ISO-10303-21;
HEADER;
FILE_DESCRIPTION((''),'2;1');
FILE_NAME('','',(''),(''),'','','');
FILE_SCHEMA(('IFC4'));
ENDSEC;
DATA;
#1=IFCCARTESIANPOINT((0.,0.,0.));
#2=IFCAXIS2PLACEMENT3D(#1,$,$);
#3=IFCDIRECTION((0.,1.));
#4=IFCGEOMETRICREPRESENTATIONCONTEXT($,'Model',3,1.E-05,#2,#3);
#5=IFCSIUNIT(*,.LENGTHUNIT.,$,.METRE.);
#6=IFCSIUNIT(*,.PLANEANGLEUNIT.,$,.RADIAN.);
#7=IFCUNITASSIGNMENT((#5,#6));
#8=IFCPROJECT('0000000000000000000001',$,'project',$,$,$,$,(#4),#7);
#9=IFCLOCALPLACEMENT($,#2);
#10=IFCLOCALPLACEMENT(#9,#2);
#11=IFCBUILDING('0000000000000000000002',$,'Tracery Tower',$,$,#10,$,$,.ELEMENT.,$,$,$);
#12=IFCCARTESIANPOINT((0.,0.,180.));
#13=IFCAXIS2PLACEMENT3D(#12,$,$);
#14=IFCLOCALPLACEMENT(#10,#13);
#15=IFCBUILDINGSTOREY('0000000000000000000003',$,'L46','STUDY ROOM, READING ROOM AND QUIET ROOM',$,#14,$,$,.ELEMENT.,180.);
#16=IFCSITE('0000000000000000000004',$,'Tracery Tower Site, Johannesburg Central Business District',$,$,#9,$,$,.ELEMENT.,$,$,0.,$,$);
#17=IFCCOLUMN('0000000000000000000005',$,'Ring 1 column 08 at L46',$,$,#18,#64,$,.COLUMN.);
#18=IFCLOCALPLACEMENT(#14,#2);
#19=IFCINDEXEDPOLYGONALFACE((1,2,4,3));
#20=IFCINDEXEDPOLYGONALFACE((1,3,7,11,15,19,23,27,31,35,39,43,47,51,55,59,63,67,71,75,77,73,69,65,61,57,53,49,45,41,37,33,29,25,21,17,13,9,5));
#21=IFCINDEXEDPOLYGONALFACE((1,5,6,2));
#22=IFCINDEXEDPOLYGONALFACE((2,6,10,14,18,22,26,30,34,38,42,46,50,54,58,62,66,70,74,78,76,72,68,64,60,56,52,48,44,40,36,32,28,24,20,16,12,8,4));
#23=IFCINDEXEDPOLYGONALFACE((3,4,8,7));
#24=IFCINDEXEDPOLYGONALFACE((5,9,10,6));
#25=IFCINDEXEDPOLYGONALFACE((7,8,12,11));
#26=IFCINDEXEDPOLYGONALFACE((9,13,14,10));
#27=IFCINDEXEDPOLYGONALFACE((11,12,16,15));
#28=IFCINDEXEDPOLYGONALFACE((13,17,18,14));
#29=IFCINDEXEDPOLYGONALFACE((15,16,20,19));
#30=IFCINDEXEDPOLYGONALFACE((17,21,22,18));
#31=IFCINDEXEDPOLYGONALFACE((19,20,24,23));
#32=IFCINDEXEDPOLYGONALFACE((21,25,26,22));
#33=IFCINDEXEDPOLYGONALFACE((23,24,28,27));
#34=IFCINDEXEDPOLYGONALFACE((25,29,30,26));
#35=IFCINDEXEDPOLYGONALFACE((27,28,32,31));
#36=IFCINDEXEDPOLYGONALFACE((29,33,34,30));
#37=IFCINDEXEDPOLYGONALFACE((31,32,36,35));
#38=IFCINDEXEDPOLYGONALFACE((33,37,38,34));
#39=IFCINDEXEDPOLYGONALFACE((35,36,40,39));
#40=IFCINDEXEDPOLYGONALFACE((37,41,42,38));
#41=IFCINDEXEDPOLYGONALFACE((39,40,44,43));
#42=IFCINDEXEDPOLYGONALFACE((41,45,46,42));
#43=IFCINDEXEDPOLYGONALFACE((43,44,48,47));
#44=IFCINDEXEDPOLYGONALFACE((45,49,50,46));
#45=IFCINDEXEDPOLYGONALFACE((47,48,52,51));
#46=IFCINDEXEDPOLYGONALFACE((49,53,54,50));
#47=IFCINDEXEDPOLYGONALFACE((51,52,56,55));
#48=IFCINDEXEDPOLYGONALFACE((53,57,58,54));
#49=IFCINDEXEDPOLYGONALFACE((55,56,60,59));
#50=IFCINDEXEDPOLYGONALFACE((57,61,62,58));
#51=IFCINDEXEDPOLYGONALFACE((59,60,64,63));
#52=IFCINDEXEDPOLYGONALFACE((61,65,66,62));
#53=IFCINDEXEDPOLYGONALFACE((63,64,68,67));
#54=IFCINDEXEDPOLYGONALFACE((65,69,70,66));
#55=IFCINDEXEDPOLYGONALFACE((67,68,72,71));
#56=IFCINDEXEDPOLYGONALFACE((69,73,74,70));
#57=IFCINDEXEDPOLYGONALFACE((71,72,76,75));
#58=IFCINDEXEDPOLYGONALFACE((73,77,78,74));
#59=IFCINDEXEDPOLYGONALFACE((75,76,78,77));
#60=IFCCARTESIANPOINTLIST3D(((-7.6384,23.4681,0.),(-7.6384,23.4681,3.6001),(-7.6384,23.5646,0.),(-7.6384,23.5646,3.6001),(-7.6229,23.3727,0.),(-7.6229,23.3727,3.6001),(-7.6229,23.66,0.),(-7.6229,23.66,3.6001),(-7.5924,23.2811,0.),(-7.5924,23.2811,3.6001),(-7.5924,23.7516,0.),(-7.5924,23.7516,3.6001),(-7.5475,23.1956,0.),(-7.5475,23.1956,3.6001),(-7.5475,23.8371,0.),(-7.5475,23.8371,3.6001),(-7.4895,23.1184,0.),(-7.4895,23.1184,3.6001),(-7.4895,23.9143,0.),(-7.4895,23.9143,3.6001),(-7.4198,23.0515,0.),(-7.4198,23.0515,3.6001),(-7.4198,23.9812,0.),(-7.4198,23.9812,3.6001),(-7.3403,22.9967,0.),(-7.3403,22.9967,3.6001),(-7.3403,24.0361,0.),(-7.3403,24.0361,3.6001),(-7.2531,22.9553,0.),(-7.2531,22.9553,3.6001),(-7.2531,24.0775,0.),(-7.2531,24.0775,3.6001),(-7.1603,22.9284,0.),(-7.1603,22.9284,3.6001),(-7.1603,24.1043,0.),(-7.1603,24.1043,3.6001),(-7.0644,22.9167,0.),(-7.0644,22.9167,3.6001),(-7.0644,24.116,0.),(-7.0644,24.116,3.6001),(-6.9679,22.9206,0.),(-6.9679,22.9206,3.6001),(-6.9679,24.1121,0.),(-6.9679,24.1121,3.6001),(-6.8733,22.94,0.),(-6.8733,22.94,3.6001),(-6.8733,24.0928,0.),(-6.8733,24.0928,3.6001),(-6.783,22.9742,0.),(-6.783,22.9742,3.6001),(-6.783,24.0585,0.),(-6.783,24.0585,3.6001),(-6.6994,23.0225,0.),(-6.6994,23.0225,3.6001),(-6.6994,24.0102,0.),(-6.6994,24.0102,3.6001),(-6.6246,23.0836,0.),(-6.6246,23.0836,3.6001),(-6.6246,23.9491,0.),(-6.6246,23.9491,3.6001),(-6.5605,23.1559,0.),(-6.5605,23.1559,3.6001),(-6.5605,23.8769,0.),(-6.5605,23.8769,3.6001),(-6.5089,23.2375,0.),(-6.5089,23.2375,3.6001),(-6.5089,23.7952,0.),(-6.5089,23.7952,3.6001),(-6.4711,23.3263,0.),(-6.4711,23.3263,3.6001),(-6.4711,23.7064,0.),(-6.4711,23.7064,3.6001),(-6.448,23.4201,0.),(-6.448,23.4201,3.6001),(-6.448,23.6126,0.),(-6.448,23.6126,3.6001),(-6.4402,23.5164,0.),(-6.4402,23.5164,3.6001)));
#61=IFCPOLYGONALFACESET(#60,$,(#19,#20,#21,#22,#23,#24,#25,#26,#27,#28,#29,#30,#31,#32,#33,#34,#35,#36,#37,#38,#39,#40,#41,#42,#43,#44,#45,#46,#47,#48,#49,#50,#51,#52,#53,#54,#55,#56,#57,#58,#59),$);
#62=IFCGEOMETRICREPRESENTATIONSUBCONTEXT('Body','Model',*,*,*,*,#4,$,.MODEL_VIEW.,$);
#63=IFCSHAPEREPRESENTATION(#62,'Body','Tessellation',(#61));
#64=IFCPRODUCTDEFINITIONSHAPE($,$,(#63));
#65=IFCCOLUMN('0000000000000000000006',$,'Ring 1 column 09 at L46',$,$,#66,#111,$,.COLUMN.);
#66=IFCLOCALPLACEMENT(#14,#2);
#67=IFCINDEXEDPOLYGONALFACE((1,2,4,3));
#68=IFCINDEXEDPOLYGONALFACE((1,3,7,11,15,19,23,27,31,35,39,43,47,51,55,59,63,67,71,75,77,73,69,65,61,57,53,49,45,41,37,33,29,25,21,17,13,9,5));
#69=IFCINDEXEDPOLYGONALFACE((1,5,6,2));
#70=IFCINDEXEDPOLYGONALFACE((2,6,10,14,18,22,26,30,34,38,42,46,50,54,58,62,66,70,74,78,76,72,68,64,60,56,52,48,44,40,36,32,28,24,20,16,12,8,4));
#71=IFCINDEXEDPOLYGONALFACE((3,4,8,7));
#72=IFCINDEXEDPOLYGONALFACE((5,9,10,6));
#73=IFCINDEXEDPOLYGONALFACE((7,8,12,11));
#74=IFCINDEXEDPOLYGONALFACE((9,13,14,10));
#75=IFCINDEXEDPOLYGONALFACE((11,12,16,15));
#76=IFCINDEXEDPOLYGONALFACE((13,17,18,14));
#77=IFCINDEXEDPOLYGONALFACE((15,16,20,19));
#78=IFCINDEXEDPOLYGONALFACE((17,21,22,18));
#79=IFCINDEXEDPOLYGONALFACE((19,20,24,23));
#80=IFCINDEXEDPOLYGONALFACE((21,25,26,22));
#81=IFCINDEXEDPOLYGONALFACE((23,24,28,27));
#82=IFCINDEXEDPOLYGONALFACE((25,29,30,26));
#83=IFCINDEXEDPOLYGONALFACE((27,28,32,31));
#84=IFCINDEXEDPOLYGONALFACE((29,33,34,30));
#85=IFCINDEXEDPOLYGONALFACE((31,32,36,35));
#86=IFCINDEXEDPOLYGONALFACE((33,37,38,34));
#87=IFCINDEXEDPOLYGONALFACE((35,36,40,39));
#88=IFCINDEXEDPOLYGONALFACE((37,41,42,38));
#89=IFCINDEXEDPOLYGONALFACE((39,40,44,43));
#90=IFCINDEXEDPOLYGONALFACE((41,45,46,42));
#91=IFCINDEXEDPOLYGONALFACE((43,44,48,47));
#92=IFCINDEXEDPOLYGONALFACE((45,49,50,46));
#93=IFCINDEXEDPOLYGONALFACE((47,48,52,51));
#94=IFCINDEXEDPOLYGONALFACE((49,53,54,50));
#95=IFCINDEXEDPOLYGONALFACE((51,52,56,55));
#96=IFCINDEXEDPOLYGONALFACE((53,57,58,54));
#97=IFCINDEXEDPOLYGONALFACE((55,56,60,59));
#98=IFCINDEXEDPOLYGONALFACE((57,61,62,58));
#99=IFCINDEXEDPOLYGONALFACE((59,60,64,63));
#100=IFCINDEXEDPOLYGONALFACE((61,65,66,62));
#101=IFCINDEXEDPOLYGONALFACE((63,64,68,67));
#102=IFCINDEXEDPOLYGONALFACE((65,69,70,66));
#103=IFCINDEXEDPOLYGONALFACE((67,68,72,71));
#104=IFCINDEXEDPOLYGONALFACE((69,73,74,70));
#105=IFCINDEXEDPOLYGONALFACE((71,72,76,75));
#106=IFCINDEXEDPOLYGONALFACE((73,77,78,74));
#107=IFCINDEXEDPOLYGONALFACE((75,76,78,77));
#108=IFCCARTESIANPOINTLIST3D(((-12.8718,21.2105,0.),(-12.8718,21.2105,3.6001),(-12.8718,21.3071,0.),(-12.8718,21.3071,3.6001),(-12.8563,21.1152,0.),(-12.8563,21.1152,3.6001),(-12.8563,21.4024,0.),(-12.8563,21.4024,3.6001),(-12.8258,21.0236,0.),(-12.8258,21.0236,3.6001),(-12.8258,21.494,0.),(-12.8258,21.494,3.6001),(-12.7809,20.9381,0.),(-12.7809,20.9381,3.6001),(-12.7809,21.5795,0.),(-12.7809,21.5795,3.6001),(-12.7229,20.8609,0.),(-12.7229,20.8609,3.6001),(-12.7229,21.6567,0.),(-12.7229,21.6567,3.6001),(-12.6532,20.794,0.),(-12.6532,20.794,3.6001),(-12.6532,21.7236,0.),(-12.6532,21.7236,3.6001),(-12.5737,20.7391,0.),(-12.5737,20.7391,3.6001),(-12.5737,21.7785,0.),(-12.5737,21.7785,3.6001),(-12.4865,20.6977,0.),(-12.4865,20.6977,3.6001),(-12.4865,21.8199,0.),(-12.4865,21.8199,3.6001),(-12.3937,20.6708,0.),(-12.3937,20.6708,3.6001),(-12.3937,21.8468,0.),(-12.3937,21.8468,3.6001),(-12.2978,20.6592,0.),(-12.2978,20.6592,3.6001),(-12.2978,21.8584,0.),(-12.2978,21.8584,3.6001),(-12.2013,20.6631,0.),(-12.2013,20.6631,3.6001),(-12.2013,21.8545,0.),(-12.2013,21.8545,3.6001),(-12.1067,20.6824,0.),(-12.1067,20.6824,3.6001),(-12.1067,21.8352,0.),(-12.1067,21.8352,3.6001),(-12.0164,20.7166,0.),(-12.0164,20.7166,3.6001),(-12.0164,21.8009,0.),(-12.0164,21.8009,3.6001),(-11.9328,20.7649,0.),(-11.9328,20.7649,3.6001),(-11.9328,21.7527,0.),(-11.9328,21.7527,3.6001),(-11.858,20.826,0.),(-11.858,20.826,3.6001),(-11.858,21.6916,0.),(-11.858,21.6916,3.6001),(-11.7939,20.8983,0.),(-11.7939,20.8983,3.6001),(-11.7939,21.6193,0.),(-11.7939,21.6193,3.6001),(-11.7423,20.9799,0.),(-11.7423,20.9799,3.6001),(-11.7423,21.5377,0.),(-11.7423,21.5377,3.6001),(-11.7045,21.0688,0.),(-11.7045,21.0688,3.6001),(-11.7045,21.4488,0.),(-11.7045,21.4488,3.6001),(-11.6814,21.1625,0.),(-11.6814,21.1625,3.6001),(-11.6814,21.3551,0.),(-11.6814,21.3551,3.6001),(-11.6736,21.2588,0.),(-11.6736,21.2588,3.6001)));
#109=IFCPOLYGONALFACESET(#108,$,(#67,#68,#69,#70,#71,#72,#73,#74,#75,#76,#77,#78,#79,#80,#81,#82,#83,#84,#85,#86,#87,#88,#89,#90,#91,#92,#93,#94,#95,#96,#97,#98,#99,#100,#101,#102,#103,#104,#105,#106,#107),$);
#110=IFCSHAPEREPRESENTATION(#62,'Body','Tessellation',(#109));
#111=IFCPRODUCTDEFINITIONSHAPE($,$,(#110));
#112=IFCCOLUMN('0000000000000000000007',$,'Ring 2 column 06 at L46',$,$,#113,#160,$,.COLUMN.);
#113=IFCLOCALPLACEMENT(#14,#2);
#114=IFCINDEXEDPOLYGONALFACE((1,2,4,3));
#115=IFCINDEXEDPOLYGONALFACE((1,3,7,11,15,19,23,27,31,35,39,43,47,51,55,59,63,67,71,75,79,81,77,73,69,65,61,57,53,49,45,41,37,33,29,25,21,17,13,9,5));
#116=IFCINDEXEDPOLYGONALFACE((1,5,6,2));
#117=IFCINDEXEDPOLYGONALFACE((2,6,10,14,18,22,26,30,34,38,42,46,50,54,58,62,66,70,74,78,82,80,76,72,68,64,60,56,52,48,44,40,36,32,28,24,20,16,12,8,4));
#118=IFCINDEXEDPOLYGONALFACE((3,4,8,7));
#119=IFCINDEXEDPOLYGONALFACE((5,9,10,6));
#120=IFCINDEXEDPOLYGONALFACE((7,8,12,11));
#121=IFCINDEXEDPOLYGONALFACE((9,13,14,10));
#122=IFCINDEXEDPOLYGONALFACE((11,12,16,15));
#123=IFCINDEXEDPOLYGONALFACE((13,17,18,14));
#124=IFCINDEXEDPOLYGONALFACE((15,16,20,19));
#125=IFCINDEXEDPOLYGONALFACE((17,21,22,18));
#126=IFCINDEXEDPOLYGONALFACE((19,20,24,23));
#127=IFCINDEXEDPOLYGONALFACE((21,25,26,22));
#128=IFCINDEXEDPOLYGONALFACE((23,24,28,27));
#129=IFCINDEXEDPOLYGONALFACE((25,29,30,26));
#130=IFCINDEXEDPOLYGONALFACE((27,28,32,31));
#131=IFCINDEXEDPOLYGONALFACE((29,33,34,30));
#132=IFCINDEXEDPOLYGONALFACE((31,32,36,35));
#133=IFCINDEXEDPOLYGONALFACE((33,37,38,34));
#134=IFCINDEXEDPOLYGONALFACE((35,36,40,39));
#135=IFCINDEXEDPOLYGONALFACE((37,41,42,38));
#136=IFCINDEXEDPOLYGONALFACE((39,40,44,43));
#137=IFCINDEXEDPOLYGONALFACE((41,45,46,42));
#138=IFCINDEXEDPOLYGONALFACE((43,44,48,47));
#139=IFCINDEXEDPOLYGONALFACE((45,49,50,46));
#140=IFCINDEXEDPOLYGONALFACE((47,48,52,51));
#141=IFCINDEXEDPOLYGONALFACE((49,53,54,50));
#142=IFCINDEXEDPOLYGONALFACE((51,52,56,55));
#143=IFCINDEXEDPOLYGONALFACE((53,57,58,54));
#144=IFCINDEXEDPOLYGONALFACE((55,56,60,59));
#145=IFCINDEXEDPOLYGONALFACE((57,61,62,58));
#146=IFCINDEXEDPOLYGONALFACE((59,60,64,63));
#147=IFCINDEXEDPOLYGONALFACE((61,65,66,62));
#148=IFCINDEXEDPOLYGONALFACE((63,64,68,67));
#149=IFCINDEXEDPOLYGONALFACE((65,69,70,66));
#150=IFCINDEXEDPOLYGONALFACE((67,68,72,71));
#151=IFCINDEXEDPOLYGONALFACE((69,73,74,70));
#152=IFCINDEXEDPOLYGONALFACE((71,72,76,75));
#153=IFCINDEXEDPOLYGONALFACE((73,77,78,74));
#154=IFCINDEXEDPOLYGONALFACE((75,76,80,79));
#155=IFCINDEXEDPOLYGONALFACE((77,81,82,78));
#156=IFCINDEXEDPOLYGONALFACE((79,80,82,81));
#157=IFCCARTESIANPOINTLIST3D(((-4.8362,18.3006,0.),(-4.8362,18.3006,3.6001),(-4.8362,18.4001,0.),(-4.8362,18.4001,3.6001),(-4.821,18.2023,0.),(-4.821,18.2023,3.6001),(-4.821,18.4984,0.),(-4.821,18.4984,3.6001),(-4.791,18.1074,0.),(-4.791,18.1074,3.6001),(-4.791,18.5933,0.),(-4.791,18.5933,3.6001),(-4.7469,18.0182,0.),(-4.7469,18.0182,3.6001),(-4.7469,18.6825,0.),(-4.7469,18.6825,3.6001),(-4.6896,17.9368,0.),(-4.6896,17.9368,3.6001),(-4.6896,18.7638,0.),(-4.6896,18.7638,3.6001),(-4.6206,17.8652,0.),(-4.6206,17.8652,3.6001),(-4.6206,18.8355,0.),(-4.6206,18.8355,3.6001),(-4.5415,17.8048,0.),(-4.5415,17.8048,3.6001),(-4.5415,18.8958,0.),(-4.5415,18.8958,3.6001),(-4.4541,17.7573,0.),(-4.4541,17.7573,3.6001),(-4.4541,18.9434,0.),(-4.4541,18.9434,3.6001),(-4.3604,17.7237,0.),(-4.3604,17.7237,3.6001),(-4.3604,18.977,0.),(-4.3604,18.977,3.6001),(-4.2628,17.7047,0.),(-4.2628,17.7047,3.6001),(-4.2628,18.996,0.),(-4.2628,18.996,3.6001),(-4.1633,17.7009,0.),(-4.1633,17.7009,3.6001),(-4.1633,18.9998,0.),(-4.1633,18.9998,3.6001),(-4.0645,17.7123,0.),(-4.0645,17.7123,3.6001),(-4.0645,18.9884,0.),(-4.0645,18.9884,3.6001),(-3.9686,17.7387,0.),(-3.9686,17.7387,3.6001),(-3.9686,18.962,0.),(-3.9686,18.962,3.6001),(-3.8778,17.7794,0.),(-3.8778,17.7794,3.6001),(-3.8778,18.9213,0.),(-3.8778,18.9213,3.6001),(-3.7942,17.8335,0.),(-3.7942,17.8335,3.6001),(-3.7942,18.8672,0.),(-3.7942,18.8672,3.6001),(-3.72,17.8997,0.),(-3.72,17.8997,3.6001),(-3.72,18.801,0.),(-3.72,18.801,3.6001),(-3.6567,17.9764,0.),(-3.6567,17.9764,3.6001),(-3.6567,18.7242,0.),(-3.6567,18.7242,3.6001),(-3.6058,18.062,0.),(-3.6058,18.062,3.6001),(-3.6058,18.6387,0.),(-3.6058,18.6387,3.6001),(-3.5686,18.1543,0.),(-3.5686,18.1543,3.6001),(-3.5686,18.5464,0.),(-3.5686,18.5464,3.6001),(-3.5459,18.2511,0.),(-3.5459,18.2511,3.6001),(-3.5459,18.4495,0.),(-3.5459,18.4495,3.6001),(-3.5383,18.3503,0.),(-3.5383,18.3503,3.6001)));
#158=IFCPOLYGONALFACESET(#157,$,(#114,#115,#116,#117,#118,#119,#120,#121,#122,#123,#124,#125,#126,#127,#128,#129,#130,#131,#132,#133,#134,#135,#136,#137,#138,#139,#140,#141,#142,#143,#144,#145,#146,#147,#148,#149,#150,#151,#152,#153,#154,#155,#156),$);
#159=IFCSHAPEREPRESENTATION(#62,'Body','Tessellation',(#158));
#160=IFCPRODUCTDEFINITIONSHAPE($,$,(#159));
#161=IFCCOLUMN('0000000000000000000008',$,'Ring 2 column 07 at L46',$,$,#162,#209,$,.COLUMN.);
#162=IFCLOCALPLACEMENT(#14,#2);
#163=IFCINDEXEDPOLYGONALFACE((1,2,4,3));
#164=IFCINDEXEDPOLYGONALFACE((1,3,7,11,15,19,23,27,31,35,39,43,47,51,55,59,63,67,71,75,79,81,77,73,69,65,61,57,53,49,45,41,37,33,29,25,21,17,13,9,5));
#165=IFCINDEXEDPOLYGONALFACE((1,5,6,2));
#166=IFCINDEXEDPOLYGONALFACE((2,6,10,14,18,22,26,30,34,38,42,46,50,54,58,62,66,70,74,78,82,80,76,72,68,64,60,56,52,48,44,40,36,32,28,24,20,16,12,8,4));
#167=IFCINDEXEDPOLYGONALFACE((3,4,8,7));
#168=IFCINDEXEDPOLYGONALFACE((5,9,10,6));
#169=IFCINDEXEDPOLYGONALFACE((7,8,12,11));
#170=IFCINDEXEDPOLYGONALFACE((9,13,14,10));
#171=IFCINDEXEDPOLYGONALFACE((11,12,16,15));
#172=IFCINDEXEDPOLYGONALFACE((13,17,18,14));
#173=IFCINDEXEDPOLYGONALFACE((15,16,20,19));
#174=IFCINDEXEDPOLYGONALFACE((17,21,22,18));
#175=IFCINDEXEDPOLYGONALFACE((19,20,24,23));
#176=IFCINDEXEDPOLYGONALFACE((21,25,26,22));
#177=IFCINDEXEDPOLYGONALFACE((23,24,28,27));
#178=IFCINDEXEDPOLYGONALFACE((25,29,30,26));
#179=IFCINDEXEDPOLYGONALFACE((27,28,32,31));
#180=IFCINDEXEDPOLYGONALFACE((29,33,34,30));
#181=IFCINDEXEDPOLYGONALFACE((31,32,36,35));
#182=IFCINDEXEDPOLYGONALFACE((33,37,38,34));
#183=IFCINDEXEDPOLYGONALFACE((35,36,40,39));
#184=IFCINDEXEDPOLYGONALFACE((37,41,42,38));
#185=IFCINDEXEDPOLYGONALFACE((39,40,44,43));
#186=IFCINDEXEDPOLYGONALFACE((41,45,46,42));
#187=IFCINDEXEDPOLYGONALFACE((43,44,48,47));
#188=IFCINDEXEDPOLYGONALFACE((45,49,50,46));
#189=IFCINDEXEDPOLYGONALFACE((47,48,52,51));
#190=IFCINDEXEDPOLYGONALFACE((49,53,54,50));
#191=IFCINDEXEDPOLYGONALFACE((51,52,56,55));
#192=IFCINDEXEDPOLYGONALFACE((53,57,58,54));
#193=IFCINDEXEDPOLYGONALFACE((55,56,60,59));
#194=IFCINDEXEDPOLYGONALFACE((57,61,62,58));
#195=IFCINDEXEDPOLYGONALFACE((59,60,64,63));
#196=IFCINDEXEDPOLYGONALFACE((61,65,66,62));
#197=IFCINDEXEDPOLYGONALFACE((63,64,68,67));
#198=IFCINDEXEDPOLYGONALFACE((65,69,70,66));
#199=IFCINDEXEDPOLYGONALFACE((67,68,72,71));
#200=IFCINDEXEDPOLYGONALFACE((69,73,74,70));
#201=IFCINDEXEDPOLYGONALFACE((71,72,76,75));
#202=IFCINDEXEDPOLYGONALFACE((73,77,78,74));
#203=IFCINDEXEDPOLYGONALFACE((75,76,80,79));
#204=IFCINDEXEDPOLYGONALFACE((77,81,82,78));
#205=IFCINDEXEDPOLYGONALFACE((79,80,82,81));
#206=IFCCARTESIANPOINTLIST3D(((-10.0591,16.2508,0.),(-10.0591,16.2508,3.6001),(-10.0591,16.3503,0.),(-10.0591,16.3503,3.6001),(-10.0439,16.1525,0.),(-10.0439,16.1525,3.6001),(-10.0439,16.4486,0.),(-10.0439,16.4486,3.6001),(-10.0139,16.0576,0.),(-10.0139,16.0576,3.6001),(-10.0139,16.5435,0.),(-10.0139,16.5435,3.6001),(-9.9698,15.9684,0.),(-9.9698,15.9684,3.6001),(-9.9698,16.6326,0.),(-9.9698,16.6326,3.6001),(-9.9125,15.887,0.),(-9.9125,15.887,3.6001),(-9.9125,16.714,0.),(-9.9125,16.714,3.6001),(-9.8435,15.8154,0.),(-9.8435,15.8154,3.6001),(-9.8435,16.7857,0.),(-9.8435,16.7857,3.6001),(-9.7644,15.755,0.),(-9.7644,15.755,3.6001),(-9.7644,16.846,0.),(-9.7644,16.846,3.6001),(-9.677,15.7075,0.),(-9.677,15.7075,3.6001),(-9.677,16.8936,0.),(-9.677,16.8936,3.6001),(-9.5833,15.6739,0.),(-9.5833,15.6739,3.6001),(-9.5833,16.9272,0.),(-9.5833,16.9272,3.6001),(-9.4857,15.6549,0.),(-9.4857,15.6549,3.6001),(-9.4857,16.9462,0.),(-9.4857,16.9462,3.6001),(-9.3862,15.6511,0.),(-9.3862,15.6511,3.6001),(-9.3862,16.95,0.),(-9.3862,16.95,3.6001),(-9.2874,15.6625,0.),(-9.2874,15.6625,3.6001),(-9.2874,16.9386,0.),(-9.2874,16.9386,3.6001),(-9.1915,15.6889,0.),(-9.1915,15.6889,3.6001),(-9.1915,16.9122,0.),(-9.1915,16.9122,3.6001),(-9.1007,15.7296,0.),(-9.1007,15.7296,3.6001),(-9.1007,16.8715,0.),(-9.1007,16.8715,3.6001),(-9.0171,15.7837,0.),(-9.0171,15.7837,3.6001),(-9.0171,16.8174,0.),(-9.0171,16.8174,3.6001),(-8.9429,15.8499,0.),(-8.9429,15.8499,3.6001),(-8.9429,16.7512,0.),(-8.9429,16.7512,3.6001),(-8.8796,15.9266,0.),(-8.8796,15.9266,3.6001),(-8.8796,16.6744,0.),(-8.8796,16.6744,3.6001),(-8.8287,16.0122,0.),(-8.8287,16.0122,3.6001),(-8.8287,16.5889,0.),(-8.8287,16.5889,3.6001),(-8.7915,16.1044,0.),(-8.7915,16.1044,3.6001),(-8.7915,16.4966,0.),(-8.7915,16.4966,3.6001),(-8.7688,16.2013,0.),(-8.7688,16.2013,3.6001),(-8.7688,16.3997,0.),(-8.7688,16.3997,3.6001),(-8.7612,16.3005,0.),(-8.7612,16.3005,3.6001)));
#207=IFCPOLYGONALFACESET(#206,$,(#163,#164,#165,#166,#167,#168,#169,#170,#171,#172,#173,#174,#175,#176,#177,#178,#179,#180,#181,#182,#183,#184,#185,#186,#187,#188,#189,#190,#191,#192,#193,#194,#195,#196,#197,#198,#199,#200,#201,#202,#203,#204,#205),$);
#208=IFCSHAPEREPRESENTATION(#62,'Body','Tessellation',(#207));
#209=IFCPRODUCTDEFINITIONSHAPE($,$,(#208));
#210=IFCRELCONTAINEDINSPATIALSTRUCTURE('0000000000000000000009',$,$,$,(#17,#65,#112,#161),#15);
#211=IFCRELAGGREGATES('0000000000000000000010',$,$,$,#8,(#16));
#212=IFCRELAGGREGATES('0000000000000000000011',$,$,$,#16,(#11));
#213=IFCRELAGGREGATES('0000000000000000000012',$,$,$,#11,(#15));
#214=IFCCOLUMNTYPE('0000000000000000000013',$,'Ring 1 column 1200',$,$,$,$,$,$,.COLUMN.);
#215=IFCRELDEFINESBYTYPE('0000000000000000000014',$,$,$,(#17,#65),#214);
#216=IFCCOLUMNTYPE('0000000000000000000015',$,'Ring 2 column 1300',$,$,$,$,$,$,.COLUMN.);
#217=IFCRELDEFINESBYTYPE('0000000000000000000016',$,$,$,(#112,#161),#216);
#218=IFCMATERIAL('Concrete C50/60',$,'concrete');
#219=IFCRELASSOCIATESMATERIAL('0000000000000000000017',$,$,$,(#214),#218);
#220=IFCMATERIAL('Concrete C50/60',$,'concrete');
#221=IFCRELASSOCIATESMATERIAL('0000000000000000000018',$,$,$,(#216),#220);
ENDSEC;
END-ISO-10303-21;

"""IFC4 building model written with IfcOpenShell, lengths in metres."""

from ifc_helpers import new_model, si_unit, direction, frame, origin, origin_2d, place, context, subcontext, project, spatial, circle, extrude, material, material_profile, profile_set, type_object, element, save


model = new_model("IFC4")

# Units and contexts
model_context = context("Model", 3, precision=1e-05, world=origin(), true_north=direction((0.0, 1.0)))
body_context = subcontext(model_context, "Body", "Model", "MODEL_VIEW")
ifc_project = project(units=[si_unit("LENGTHUNIT", "METRE"), si_unit("PLANEANGLEUNIT", "RADIAN")], contexts=[model_context])

# Site, building, storey
site_placement = place(None, origin())
site = spatial("IfcSite", under=ifc_project, at=site_placement, Name="Tracery Tower Site, Johannesburg Central Business District", CompositionType="ELEMENT", RefElevation=0.0)
building_placement = place(site_placement, origin())
building = spatial("IfcBuilding", under=site, at=building_placement, Name="Tracery Tower", CompositionType="ELEMENT")
storey_placement = place(building_placement, frame((0.0, 0.0, 180.0)))
storey = spatial("IfcBuildingStorey", under=building, at=storey_placement, Name="L46", Description="STUDY ROOM, READING ROOM AND QUIET ROOM", CompositionType="ELEMENT", Elevation=180.0)

# Columns
ifc_material_1 = material(Name="Concrete C50/60", Category="concrete")
ifc_material_profile_1 = material_profile(ifc_material_1, circle(Radius=0.6001, at=origin_2d()), Name="RC D1200")
ifc_profile_set_1 = profile_set([ifc_material_profile_1], Name="Concrete C50/60")
column_type_1 = type_object("IfcColumnType", Name="Ring 1 column 1200", PredefinedType="COLUMN", material=ifc_profile_set_1)
for number, where, z_axis, x_axis, name in (
    (1, (-7.0403, 23.5164, 0.0), (0.0, 0.0, 1.0), (1.0, 0.0, 0.0), "Ring 1 column 08 at L46"),
    (2, (-12.2737, 21.2588, 0.0), (0.0, 0.0, 1.0), (1.0, 0.0, 0.0), "Ring 1 column 09 at L46"),
):
    element("IfcColumn", number, at=place(storey_placement, frame(where, z_axis=z_axis, x_axis=x_axis)), inside=storey, type_object=column_type_1, Name=name, PredefinedType="COLUMN", context=body_context, shape_type="SweptSolid", body=[
        extrude(circle(Radius=0.6001, at=origin_2d()), origin(), (0.0, 0.0, 1.0), 3.6001),
    ])
ifc_material_2 = material(Name="Concrete C50/60", Category="concrete")
ifc_material_profile_2 = material_profile(ifc_material_2, circle(Radius=0.6499, at=origin_2d()), Name="RC D1300")
ifc_profile_set_2 = profile_set([ifc_material_profile_2], Name="Concrete C50/60")
column_type_2 = type_object("IfcColumnType", Name="Ring 2 column 1300", PredefinedType="COLUMN", material=ifc_profile_set_2)
for number, where, z_axis, x_axis, name in (
    (3, (-4.1882, 18.3503, 0.0), (0.0, 0.0, 1.0), (1.0, 0.0, 0.0), "Ring 2 column 06 at L46"),
    (4, (-9.4111, 16.3005, 0.0), (0.0, 0.0, 1.0), (1.0, 0.0, 0.0), "Ring 2 column 07 at L46"),
):
    element("IfcColumn", number, at=place(storey_placement, frame(where, z_axis=z_axis, x_axis=x_axis)), inside=storey, type_object=column_type_2, Name=name, PredefinedType="COLUMN", context=body_context, shape_type="SweptSolid", body=[
        extrude(circle(Radius=0.6499, at=origin_2d()), origin(), (0.0, 0.0, 1.0), 3.6001),
    ])

save(model, "model.ifc")
